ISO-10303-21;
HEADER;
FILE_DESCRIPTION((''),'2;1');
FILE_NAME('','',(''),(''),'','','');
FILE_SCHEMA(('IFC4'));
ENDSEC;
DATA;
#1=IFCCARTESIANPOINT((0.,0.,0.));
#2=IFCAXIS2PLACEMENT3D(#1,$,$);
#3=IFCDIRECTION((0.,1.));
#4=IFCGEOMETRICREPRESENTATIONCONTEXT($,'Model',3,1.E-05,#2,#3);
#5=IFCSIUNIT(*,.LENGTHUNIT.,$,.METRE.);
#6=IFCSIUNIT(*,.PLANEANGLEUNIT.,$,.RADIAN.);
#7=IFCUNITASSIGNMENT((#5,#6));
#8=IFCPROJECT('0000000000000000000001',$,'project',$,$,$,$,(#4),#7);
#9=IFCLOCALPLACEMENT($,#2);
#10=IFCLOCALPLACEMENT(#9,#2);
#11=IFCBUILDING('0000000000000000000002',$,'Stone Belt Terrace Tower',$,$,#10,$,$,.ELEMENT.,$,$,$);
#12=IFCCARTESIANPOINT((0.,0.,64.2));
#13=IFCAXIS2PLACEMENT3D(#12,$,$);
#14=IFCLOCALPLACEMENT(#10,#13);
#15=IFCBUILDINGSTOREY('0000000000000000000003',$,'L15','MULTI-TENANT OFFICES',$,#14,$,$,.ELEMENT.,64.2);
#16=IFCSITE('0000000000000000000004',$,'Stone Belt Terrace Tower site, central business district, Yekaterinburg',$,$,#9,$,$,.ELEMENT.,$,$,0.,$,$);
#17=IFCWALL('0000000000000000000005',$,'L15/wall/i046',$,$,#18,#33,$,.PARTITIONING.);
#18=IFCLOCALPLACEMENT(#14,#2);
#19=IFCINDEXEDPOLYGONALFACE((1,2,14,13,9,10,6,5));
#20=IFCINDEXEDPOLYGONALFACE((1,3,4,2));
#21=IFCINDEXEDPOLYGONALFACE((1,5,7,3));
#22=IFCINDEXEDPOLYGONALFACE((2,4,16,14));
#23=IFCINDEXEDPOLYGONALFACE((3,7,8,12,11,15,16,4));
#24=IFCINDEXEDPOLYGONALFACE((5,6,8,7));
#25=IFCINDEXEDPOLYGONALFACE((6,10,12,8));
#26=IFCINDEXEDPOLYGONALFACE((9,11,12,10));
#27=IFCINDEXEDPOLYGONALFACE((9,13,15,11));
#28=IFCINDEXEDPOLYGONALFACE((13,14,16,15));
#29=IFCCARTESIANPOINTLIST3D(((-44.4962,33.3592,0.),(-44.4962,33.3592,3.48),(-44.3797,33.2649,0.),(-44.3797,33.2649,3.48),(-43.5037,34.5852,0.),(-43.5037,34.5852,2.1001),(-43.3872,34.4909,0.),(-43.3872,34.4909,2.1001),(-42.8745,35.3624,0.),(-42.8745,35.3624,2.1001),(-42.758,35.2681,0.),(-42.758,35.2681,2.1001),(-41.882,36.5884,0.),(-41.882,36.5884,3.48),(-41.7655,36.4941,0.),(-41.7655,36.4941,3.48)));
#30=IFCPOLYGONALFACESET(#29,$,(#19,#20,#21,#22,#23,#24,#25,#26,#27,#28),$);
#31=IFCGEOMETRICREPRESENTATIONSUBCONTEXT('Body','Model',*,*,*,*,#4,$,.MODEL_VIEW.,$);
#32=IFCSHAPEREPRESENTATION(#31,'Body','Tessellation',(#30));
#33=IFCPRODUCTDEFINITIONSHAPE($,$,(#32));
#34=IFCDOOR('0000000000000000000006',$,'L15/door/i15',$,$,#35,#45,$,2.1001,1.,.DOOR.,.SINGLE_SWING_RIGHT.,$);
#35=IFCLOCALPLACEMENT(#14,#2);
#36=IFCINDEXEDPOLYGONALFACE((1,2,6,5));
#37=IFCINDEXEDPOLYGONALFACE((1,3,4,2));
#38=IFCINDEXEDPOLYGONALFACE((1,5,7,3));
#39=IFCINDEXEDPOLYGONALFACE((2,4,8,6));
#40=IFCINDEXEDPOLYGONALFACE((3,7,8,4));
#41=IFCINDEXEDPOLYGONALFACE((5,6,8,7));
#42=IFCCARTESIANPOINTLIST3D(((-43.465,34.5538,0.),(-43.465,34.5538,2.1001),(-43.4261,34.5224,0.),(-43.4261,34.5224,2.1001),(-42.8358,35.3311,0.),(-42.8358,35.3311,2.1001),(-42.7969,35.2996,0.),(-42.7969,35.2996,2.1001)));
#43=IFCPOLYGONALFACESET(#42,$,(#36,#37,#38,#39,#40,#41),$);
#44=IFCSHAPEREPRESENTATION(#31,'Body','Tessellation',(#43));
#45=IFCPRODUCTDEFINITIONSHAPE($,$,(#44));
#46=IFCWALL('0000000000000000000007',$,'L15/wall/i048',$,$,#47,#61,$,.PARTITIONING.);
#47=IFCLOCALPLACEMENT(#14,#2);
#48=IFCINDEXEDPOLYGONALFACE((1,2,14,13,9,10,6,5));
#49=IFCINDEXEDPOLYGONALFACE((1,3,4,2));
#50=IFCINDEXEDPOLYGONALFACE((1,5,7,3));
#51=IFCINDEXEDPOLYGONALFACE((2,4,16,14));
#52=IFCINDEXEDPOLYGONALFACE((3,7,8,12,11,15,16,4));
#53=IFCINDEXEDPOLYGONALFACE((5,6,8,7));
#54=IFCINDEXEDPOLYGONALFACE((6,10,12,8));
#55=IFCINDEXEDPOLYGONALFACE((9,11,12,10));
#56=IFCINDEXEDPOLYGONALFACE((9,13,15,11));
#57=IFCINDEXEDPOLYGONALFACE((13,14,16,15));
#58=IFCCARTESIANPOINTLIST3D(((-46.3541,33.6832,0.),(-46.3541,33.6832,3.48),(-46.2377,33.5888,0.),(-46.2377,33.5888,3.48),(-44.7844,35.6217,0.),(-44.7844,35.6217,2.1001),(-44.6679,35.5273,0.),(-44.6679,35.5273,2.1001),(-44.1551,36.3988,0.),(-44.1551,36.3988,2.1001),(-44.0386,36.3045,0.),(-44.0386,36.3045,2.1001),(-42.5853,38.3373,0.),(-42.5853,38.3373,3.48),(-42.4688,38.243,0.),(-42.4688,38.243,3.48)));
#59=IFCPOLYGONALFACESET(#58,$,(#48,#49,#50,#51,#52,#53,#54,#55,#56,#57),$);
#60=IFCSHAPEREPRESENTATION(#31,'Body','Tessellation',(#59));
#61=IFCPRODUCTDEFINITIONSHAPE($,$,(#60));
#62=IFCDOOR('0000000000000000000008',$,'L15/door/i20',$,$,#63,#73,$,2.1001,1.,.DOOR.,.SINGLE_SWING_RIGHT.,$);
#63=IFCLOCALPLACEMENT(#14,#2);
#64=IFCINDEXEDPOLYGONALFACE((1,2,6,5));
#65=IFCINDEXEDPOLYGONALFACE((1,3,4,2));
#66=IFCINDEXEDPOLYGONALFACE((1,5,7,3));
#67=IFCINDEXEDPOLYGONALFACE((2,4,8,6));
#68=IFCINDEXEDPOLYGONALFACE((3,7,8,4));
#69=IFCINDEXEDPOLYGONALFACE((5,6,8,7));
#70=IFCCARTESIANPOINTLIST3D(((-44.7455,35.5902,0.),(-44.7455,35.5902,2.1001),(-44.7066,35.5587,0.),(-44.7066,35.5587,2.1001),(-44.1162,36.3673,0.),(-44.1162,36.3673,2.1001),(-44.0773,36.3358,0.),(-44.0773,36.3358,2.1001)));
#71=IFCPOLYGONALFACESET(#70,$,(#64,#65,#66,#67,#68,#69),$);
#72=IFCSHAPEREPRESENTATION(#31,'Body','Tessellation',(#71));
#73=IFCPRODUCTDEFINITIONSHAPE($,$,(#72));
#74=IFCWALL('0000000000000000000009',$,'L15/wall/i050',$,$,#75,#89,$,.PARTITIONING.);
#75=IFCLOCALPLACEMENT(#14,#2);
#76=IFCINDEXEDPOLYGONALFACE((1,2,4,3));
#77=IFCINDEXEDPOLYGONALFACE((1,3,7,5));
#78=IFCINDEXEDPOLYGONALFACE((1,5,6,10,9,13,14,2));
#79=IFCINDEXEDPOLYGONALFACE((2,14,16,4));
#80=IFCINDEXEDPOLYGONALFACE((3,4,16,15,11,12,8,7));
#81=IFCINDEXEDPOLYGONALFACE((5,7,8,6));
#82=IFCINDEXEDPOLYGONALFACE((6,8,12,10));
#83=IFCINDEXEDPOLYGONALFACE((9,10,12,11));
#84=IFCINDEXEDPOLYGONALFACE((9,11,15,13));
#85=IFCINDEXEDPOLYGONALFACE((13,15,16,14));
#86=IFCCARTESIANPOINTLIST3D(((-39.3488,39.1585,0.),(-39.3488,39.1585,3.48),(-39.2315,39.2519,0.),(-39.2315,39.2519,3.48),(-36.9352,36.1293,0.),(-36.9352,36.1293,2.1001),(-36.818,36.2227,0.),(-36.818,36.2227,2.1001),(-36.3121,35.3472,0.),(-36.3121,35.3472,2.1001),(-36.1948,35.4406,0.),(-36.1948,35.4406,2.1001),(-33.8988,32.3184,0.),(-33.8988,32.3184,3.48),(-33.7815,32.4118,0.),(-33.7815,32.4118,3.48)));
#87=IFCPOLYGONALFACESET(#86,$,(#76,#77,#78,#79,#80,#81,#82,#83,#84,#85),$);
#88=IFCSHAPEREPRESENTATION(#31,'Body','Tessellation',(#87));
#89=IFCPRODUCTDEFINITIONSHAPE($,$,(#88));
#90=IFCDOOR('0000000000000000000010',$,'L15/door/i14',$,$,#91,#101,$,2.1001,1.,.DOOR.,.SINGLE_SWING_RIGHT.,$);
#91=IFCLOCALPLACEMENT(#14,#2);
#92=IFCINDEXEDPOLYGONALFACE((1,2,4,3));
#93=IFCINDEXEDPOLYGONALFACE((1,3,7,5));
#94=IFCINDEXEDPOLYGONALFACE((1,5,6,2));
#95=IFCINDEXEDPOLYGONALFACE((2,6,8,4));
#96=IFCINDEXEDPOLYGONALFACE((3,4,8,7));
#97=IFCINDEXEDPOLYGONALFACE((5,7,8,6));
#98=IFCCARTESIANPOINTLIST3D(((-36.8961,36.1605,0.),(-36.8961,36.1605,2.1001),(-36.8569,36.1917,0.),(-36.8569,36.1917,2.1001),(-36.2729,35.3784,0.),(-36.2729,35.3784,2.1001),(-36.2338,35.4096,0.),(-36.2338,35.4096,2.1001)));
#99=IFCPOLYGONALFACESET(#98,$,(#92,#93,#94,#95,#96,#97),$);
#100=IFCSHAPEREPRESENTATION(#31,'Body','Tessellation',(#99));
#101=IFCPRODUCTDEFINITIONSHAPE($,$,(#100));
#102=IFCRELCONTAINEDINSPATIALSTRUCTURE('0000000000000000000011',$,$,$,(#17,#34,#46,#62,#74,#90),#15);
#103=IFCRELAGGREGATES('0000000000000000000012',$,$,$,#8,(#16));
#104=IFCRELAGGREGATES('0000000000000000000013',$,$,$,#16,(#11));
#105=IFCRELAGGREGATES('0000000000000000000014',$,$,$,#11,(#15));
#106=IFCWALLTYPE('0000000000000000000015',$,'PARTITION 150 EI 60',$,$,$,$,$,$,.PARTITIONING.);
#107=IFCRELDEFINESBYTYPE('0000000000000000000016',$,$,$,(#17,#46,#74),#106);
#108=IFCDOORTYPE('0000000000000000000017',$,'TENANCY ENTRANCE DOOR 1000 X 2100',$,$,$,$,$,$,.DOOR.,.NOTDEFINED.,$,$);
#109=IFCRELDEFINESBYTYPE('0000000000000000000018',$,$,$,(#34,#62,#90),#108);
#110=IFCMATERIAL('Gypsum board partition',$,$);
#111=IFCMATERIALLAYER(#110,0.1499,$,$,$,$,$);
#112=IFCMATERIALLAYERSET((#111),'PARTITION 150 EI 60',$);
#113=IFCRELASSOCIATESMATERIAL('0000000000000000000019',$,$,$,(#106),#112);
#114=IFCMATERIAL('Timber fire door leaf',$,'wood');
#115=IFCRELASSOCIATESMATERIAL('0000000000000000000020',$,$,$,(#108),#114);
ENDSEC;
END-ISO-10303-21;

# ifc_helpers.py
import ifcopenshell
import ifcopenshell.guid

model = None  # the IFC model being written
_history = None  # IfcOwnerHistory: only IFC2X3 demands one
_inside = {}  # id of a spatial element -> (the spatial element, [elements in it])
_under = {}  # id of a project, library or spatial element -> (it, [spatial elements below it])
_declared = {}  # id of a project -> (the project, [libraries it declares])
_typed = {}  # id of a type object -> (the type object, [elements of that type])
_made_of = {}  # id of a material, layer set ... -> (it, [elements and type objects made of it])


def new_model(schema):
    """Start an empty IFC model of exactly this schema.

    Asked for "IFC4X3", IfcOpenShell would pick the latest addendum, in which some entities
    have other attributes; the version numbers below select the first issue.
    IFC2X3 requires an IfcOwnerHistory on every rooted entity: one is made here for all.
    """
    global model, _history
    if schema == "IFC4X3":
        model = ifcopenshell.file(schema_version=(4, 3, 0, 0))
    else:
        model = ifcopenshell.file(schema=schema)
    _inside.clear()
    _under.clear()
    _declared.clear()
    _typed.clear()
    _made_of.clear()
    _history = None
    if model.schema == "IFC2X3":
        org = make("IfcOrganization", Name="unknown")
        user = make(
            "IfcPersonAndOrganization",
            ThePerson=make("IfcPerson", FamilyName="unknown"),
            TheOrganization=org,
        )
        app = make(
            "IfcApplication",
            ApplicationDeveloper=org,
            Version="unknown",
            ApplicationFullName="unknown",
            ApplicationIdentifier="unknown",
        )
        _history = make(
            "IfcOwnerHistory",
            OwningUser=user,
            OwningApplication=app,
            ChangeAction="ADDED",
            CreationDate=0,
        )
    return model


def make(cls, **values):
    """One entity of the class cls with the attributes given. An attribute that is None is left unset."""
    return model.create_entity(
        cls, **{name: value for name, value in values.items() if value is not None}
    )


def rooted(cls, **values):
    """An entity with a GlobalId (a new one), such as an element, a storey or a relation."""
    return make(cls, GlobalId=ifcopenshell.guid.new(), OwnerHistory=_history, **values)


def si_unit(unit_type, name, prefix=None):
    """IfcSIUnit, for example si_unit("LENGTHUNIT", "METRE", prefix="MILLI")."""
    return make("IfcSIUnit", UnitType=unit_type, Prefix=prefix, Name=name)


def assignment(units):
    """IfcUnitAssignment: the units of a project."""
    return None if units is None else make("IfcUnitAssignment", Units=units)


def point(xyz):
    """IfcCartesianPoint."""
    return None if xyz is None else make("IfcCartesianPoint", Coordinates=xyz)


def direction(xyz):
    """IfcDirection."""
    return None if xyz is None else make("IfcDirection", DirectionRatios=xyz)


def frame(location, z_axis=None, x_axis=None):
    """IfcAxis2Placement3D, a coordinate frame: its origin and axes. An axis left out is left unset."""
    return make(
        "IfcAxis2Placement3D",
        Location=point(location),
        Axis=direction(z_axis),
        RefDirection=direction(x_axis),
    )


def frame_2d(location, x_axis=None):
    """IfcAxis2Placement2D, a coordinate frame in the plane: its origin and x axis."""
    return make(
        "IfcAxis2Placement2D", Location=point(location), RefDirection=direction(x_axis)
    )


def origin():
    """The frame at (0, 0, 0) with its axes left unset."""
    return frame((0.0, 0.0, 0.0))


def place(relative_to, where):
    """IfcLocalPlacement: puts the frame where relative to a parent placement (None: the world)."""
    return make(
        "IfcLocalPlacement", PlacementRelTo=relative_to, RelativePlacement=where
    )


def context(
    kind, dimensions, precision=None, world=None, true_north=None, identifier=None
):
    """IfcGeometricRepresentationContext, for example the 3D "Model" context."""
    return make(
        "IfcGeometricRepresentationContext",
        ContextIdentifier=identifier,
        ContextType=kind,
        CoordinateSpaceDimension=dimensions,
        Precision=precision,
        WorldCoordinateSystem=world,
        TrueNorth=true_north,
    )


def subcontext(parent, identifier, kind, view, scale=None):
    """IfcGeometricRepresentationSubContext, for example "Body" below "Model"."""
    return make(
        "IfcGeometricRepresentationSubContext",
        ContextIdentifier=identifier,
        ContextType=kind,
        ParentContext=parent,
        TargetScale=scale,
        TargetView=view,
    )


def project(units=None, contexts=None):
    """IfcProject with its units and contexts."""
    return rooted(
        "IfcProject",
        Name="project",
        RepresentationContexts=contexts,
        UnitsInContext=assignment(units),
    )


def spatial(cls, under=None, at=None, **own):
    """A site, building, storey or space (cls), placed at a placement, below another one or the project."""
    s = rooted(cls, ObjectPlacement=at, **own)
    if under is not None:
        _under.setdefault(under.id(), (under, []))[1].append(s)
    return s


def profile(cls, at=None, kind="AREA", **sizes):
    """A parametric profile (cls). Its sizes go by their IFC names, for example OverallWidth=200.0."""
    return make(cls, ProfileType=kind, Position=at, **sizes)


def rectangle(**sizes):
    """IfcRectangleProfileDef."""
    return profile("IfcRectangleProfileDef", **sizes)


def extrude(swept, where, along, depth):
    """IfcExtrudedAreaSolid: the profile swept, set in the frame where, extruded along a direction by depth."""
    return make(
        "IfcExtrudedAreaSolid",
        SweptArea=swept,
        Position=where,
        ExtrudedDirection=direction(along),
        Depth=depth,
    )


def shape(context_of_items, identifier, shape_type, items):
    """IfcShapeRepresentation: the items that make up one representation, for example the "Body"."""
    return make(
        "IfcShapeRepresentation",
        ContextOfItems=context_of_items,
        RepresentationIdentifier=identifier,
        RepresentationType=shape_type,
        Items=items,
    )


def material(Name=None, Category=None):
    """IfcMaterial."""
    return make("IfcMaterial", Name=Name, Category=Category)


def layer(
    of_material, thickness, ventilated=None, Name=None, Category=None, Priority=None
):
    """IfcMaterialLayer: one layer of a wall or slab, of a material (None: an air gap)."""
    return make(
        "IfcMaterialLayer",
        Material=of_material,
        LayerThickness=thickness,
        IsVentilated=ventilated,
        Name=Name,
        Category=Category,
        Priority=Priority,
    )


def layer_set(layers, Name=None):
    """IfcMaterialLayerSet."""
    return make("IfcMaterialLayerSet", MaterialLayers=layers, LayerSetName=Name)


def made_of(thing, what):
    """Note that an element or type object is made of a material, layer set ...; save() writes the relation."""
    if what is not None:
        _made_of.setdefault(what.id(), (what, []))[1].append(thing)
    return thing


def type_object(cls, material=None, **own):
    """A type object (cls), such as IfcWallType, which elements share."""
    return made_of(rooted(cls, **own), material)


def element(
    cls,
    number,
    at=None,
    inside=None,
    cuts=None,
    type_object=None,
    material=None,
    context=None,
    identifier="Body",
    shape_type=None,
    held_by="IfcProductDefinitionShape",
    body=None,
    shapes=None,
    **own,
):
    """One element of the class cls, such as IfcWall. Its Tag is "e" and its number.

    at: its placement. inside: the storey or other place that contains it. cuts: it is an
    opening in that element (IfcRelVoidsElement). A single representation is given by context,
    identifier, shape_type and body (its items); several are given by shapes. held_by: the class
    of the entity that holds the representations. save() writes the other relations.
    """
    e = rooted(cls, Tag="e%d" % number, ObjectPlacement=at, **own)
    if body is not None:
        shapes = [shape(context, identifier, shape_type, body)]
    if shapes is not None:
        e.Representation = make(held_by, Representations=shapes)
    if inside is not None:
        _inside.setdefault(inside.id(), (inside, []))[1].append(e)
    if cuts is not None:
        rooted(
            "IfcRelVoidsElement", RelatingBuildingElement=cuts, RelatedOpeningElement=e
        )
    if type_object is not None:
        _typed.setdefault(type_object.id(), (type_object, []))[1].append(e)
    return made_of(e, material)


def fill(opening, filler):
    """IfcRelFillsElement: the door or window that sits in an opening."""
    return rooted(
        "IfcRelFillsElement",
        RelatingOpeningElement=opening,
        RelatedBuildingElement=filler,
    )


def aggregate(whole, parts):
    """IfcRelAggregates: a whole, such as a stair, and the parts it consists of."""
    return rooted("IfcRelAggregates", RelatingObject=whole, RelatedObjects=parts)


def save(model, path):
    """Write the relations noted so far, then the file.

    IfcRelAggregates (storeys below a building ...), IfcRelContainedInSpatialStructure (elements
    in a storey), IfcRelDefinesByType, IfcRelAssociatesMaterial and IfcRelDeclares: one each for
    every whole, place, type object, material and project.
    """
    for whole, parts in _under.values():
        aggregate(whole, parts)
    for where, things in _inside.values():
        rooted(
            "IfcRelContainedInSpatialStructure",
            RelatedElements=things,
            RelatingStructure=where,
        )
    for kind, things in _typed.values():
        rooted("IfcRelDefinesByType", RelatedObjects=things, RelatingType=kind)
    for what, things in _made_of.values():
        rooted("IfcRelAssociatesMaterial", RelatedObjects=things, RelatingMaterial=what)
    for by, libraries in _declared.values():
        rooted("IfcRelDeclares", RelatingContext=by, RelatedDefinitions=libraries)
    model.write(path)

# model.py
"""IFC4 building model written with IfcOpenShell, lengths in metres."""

from ifc_helpers import new_model, si_unit, direction, frame, frame_2d, origin, place, context, subcontext, project, spatial, rectangle, extrude, material, layer, layer_set, type_object, element, fill, save


model = new_model("IFC4")

# Units and contexts
model_context = context("Model", 3, precision=1e-05, world=origin(), true_north=direction((0.0, 1.0)))
body_context = subcontext(model_context, "Body", "Model", "MODEL_VIEW")
ifc_project = project(units=[si_unit("LENGTHUNIT", "METRE"), si_unit("PLANEANGLEUNIT", "RADIAN")], contexts=[model_context])

# Site, building, storey
site_placement = place(None, origin())
site = spatial("IfcSite", under=ifc_project, at=site_placement, Name="Stone Belt Terrace Tower site, central business district, Yekaterinburg", CompositionType="ELEMENT", RefElevation=0.0)
building_placement = place(site_placement, origin())
building = spatial("IfcBuilding", under=site, at=building_placement, Name="Stone Belt Terrace Tower", CompositionType="ELEMENT")
storey_placement = place(building_placement, frame((0.0, 0.0, 64.2)))
storey = spatial("IfcBuildingStorey", under=building, at=storey_placement, Name="L15", Description="MULTI-TENANT OFFICES", CompositionType="ELEMENT", Elevation=64.2)

# Shared definitions
ifc_material_1 = material(Name="Gypsum board partition")
ifc_layer_1 = layer(ifc_material_1, 0.1499)
ifc_layer_set_1 = layer_set([ifc_layer_1], Name="PARTITION 150 EI 60")
wall_type = type_object("IfcWallType", Name="PARTITION 150 EI 60", PredefinedType="PARTITIONING", material=ifc_layer_set_1)

# Walls, openings, doors
wall_1_placement = place(storey_placement, frame((-41.8237, 36.5413, 0.0), z_axis=(0.0, 0.0, 1.0), x_axis=(-0.629213, -0.777233, 0.0)))
wall_1 = element("IfcWall", 1, at=wall_1_placement, inside=storey, type_object=wall_type, Name="L15/wall/i046", PredefinedType="PARTITIONING", context=body_context, shape_type="SweptSolid", body=[
    extrude(rectangle(XDim=4.1548, YDim=0.1499, at=frame_2d((2.0774, 0.0))), origin(), (0.0, 0.0, 1.0), 3.48),
])
opening_1_placement = place(wall_1_placement, frame((1.5774, 0.0, 0.0)))
opening_1 = element("IfcOpeningElement", 2, at=opening_1_placement, cuts=wall_1, PredefinedType="OPENING", context=body_context, shape_type="SweptSolid", body=[
    extrude(rectangle(XDim=1.0, YDim=2.1001, at=frame_2d((0.5, 1.05))), frame((0.0, 0.085, 0.0), z_axis=(0.0, -1.0, 0.0), x_axis=(1.0, 0.0, 0.0)), (0.0, 0.0, 1.0), 0.1699),
])
ifc_material_2 = material(Name="Timber fire door leaf", Category="wood")
door_type_1 = type_object("IfcDoorType", Name="TENANCY ENTRANCE DOOR 1000 X 2100", OperationType="NOTDEFINED", PredefinedType="DOOR", material=ifc_material_2)
door_1_placement = place(opening_1_placement, origin())
door_1 = element("IfcDoor", 3, at=door_1_placement, inside=storey, type_object=door_type_1, Name="L15/door/i15", OperationType="SINGLE_SWING_RIGHT", OverallHeight=2.1001, OverallWidth=1.0, PredefinedType="DOOR", context=body_context, shape_type="SweptSolid", body=[
    extrude(rectangle(XDim=1.0, YDim=2.1001, at=frame_2d((0.5, 1.05))), frame((0.0, 0.0249, 0.0), z_axis=(0.0, -1.0, 0.0), x_axis=(1.0, 0.0, 0.0)), (0.0, 0.0, 1.0), 0.05),
])
fill(opening_1, door_1)
wall_2_placement = place(storey_placement, frame((-46.2959, 33.636, 0.0), z_axis=(0.0, 0.0, 1.0), x_axis=(0.629323, 0.777144, 0.0)))
wall_2 = element("IfcWall", 4, at=wall_2_placement, inside=storey, type_object=wall_type, Name="L15/wall/i048", PredefinedType="PARTITIONING", context=body_context, shape_type="SweptSolid", body=[
    extrude(rectangle(XDim=5.9888, YDim=0.1499, at=frame_2d((2.9944, 0.0))), origin(), (0.0, 0.0, 1.0), 3.48),
])
opening_2_placement = place(wall_2_placement, frame((2.4944, 0.0, 0.0)))
opening_2 = element("IfcOpeningElement", 5, at=opening_2_placement, cuts=wall_2, PredefinedType="OPENING", context=body_context, shape_type="SweptSolid", body=[
    extrude(rectangle(XDim=1.0, YDim=2.1001, at=frame_2d((0.5, 1.05))), frame((0.0, 0.085, 0.0), z_axis=(0.0, -1.0, 0.0), x_axis=(1.0, 0.0, 0.0)), (0.0, 0.0, 1.0), 0.1699),
])
door_2_placement = place(opening_2_placement, origin())
door_2 = element("IfcDoor", 6, at=door_2_placement, inside=storey, type_object=door_type_1, Name="L15/door/i20", OperationType="SINGLE_SWING_RIGHT", OverallHeight=2.1001, OverallWidth=1.0, PredefinedType="DOOR", context=body_context, shape_type="SweptSolid", body=[
    extrude(rectangle(XDim=1.0, YDim=2.1001, at=frame_2d((0.5, 1.05))), frame((0.0, 0.0249, 0.0), z_axis=(0.0, -1.0, 0.0), x_axis=(1.0, 0.0, 0.0)), (0.0, 0.0, 1.0), 0.05),
])
fill(opening_2, door_2)
wall_3_placement = place(storey_placement, frame((-33.8401, 32.365, 0.0), z_axis=(0.0, 0.0, 1.0), x_axis=(-0.623152, 0.782101, 0.0)))
wall_3 = element("IfcWall", 7, at=wall_3_placement, inside=storey, type_object=wall_type, Name="L15/wall/i050", PredefinedType="PARTITIONING", context=body_context, shape_type="SweptSolid", body=[
    extrude(rectangle(XDim=8.7458, YDim=0.1499, at=frame_2d((4.373, 0.0))), origin(), (0.0, 0.0, 1.0), 3.48),
])
opening_3_placement = place(wall_3_placement, frame((3.8728, 0.0, 0.0)))
opening_3 = element("IfcOpeningElement", 8, at=opening_3_placement, cuts=wall_3, PredefinedType="OPENING", context=body_context, shape_type="SweptSolid", body=[
    extrude(rectangle(XDim=1.0, YDim=2.1001, at=frame_2d((0.5, 1.05))), frame((0.0, 0.085, 0.0), z_axis=(0.0, -1.0, 0.0), x_axis=(1.0, 0.0, 0.0)), (0.0, 0.0, 1.0), 0.1699),
])
door_3_placement = place(opening_3_placement, origin())
door_3 = element("IfcDoor", 9, at=door_3_placement, inside=storey, type_object=door_type_1, Name="L15/door/i14", OperationType="SINGLE_SWING_RIGHT", OverallHeight=2.1001, OverallWidth=1.0, PredefinedType="DOOR", context=body_context, shape_type="SweptSolid", body=[
    extrude(rectangle(XDim=1.0, YDim=2.1001, at=frame_2d((0.5, 1.05))), frame((0.0, 0.0249, 0.0), z_axis=(0.0, -1.0, 0.0), x_axis=(1.0, 0.0, 0.0)), (0.0, 0.0, 1.0), 0.05),
])
fill(opening_3, door_3)

save(model, "model.ifc")
